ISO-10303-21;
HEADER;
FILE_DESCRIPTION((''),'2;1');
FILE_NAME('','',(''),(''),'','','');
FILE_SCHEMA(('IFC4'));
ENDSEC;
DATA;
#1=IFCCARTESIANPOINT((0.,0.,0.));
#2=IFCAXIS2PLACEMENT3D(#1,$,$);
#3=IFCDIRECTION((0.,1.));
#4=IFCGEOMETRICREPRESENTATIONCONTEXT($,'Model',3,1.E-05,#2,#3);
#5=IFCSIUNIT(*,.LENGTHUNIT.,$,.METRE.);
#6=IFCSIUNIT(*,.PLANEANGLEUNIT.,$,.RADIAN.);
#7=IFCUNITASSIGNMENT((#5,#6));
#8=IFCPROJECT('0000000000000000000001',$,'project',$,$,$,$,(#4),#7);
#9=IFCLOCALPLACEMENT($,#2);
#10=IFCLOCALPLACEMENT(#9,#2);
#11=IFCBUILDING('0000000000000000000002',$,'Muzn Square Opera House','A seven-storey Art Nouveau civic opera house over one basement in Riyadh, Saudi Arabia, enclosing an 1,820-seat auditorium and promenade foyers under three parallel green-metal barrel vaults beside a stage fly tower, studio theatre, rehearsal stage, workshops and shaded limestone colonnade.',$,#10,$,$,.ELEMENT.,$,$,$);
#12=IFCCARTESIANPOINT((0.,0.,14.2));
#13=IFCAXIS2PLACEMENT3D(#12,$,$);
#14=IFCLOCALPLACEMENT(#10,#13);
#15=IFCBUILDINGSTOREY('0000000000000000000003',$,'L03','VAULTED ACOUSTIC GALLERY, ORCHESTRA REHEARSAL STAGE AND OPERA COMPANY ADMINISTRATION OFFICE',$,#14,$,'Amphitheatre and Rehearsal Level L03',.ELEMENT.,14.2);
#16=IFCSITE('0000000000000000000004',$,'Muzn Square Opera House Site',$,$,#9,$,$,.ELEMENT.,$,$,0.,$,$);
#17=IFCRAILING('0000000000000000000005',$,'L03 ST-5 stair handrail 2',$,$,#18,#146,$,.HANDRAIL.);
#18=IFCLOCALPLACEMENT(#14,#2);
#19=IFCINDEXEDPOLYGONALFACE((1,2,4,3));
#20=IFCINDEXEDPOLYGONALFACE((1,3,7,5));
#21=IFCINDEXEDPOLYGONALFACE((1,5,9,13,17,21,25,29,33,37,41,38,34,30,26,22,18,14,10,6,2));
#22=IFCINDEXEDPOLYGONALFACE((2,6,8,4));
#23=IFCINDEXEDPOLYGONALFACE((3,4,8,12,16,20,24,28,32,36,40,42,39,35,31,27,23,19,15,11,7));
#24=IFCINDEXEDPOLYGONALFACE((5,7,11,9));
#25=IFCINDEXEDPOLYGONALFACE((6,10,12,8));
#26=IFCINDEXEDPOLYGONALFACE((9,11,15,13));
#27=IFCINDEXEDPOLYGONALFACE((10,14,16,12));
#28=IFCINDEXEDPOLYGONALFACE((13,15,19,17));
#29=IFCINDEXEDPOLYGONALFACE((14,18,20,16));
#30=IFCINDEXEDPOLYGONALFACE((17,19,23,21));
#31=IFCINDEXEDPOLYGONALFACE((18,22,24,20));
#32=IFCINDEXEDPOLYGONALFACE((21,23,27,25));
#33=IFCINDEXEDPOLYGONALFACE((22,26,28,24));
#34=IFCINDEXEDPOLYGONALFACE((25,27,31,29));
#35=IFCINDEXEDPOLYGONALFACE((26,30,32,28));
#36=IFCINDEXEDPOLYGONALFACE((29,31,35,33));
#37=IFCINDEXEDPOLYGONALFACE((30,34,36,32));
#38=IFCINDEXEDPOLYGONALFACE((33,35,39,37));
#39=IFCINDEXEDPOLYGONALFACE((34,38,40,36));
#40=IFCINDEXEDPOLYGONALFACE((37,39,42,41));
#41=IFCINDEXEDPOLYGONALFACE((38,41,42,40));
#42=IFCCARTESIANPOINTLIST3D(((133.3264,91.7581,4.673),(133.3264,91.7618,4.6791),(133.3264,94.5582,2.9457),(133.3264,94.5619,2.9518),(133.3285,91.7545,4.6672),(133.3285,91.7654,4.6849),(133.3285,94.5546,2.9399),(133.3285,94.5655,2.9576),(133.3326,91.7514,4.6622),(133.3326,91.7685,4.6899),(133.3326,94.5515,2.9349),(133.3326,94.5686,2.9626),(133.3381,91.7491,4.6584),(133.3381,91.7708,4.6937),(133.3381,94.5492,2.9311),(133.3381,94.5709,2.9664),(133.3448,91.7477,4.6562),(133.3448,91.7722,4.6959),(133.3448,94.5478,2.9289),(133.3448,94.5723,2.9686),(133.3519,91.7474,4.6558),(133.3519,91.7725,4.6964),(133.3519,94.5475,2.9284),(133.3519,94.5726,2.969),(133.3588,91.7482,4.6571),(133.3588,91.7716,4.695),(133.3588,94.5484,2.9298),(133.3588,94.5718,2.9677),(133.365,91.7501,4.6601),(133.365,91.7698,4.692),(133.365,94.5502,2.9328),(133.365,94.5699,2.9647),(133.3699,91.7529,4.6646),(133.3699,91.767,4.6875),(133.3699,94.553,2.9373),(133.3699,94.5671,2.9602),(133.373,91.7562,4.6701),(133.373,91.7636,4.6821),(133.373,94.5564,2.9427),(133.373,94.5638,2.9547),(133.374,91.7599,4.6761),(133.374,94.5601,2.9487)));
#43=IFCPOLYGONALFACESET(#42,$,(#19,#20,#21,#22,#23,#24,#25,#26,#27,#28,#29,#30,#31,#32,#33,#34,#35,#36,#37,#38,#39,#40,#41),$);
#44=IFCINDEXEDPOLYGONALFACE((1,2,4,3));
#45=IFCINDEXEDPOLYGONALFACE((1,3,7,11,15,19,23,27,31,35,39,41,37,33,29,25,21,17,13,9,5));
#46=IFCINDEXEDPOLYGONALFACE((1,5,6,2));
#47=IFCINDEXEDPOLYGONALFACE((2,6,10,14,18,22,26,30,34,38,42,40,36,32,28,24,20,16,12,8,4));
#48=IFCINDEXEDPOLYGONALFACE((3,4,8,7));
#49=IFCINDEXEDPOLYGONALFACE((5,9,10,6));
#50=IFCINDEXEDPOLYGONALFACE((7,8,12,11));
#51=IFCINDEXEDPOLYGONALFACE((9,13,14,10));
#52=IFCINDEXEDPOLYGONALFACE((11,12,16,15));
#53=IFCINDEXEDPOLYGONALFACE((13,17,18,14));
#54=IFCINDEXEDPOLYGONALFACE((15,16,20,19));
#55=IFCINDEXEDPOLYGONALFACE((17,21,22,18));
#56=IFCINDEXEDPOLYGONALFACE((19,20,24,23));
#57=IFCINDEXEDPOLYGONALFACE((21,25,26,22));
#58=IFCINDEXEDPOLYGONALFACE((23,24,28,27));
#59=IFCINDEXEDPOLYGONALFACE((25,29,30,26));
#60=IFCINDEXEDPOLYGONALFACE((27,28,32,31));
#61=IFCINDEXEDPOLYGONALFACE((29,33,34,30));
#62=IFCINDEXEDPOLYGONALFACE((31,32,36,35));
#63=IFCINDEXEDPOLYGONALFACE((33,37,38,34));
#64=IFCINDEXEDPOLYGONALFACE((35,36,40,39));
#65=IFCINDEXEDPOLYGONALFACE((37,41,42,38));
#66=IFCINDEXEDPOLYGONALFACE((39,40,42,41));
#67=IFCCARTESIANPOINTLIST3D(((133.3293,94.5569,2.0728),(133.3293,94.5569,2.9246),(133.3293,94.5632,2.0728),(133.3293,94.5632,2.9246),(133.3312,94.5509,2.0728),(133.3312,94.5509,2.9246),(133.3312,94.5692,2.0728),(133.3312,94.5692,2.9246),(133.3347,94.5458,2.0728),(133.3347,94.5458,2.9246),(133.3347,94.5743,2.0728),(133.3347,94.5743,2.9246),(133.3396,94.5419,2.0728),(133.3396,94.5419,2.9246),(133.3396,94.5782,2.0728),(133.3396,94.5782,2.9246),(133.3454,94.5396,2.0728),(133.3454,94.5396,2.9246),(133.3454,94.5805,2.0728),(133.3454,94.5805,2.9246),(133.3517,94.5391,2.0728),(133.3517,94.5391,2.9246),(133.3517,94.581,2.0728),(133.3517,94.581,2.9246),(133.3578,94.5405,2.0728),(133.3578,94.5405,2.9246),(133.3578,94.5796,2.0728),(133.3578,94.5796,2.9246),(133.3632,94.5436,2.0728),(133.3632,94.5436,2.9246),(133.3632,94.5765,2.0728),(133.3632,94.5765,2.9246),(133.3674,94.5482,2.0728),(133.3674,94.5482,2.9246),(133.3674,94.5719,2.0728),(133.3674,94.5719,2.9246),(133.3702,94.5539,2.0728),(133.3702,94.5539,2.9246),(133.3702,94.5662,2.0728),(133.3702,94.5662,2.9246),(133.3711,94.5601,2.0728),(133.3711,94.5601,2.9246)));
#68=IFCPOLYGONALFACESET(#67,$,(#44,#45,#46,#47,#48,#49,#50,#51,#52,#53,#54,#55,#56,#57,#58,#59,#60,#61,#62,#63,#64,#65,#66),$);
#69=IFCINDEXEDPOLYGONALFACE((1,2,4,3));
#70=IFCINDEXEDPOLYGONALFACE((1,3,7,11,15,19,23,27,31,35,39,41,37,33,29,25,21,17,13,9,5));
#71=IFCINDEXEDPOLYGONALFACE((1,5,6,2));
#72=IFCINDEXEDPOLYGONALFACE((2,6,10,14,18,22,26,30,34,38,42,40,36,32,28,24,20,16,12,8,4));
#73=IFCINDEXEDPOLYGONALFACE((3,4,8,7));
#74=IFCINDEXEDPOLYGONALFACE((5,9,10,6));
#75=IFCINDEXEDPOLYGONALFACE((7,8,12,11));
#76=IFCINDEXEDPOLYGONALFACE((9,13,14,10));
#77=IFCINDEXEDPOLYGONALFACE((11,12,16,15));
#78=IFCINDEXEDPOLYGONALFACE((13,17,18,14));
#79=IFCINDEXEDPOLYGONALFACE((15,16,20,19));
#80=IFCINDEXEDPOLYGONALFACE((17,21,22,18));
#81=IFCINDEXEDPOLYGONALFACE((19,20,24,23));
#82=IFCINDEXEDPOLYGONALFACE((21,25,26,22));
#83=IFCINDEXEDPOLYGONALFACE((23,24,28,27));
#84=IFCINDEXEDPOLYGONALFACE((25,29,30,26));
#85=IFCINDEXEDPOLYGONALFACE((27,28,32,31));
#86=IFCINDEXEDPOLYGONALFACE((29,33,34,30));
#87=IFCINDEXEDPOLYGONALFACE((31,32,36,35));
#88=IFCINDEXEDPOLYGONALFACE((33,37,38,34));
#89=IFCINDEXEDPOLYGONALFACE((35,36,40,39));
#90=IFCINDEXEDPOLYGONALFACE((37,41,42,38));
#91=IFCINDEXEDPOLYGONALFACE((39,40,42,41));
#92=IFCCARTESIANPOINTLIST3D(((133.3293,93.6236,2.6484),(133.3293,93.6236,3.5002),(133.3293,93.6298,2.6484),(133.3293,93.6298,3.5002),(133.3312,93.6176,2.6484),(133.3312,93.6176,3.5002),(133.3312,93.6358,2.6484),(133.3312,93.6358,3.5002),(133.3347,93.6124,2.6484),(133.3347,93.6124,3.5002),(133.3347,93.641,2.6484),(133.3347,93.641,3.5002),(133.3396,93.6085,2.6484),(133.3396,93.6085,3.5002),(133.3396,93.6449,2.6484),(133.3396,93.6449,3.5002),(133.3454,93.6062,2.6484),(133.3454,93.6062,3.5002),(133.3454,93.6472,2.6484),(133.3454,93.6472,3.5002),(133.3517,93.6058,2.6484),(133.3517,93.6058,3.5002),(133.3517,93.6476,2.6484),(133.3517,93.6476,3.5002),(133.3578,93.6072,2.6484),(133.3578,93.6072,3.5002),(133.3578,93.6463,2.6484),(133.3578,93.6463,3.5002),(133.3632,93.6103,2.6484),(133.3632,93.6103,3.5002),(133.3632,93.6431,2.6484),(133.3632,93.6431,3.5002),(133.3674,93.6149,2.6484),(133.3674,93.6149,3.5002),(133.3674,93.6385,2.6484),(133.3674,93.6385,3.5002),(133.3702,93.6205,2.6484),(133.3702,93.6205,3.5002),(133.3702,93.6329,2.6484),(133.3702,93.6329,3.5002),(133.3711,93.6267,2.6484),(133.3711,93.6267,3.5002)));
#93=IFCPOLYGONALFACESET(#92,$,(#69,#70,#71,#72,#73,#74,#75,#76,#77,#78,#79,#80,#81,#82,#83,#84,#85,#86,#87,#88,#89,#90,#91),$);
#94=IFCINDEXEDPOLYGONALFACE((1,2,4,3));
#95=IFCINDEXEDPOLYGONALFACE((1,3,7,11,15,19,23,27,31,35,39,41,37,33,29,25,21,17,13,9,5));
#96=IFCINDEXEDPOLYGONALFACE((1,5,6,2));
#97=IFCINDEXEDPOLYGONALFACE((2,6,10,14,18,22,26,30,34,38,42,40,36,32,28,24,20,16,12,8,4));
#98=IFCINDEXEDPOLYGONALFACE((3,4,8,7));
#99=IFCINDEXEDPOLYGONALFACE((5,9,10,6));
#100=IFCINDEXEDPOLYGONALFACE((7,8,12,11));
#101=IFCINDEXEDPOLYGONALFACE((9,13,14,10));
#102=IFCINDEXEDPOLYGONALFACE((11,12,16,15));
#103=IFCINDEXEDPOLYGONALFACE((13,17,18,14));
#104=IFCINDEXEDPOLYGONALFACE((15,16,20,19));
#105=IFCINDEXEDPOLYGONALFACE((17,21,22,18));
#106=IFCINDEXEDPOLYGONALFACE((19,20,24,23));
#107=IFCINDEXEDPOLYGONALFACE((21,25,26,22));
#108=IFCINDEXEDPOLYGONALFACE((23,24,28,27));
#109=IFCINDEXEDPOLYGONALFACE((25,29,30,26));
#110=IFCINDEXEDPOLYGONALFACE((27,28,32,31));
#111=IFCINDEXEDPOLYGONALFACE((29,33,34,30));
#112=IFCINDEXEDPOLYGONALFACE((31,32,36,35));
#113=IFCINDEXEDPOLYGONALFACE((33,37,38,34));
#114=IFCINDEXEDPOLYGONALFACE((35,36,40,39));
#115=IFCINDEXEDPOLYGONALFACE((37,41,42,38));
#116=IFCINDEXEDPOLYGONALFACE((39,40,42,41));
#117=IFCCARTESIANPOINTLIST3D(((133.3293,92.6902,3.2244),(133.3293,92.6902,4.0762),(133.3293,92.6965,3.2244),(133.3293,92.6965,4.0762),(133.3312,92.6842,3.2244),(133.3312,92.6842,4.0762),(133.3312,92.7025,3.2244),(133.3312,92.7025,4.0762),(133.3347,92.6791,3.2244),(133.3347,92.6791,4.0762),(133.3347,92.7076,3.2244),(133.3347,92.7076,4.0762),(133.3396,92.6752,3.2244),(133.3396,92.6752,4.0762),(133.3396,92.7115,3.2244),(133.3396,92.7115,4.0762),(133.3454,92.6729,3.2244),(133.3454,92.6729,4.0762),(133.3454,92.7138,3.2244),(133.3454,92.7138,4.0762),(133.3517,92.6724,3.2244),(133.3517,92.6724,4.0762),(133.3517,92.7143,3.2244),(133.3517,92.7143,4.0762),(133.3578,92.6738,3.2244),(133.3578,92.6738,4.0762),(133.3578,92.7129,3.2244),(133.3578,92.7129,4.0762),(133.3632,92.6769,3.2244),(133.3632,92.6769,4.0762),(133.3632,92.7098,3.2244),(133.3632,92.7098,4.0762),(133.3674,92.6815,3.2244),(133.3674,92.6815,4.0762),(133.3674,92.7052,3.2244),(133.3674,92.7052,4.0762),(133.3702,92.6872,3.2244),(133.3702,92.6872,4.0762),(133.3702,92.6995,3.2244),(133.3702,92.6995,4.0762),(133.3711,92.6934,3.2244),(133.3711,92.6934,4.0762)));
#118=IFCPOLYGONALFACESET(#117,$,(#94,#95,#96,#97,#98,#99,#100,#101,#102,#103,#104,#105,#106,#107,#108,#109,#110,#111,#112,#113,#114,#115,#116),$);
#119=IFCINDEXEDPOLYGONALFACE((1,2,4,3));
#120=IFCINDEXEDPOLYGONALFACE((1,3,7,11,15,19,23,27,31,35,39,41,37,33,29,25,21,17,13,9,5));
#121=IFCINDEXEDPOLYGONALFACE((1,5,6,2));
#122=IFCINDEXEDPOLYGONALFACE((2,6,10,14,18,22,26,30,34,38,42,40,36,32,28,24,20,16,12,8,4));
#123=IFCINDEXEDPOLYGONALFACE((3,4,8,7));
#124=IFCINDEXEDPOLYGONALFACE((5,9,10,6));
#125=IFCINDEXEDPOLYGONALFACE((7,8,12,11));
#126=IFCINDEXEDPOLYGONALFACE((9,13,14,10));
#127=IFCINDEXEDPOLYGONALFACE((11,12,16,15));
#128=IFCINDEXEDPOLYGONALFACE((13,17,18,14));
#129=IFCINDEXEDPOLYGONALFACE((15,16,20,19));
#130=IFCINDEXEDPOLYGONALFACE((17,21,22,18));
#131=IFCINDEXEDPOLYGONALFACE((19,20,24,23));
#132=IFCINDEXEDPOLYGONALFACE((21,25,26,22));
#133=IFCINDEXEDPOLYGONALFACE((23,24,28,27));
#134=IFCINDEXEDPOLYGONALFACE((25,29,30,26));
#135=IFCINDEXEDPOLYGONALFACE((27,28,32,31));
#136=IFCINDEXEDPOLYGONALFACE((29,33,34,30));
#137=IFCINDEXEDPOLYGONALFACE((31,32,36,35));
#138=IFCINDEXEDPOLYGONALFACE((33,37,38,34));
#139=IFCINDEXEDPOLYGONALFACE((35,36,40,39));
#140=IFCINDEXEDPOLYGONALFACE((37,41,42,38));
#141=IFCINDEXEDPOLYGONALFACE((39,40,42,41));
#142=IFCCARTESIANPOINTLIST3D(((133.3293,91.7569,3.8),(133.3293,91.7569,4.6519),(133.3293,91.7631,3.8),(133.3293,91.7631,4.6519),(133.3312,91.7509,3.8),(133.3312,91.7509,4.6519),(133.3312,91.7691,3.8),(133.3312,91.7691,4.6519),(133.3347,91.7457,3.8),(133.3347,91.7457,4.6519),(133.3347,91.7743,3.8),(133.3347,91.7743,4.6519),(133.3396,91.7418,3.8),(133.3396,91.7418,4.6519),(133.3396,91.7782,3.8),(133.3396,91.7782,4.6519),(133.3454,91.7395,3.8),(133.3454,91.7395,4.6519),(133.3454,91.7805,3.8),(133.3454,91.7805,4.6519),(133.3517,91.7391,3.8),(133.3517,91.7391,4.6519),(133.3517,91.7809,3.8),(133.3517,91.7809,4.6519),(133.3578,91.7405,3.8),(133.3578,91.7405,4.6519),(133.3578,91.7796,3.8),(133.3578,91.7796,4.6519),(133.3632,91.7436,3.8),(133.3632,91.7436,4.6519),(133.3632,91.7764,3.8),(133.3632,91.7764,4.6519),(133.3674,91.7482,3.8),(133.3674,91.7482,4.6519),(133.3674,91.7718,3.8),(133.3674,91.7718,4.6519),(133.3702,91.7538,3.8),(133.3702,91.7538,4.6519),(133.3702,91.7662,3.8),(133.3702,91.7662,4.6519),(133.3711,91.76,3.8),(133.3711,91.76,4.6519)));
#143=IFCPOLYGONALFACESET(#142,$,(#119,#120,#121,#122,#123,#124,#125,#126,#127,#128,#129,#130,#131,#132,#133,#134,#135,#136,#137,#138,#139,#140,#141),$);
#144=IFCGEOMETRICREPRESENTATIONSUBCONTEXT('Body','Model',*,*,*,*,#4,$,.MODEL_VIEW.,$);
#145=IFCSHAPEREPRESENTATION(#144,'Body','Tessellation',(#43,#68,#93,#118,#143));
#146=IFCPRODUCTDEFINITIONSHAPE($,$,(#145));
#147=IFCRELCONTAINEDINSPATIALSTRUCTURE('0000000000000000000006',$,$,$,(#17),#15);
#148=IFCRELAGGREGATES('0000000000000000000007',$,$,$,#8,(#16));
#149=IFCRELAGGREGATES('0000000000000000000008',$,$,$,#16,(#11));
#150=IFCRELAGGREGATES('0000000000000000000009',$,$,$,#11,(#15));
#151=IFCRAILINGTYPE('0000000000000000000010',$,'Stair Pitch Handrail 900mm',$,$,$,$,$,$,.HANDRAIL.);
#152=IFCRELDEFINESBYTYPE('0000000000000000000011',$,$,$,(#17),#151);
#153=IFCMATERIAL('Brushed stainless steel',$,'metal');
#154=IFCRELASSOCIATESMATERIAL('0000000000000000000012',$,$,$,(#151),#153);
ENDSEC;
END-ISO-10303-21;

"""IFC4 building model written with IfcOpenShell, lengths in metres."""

from ifc_helpers import new_model, si_unit, direction, frame, origin, origin_2d, place, context, subcontext, project, spatial, circle, extrude, material, type_object, element, save


model = new_model("IFC4")

# Units and contexts
model_context = context("Model", 3, precision=1e-05, world=origin(), true_north=direction((0.0, 1.0)))
body_context = subcontext(model_context, "Body", "Model", "MODEL_VIEW")
ifc_project = project(units=[si_unit("LENGTHUNIT", "METRE"), si_unit("PLANEANGLEUNIT", "RADIAN")], contexts=[model_context])

# Site, building, storey
site_placement = place(None, origin())
site = spatial("IfcSite", under=ifc_project, at=site_placement, Name="Muzn Square Opera House Site", CompositionType="ELEMENT", RefElevation=0.0)
building_placement = place(site_placement, origin())
building = spatial("IfcBuilding", under=site, at=building_placement, Name="Muzn Square Opera House", Description="A seven-storey Art Nouveau civic opera house over one basement in Riyadh, Saudi Arabia, enclosing an 1,820-seat auditorium and promenade foyers under three parallel green-metal barrel vaults beside a stage fly tower, studio theatre, rehearsal stage, workshops and shaded limestone colonnade.", CompositionType="ELEMENT")
storey_placement = place(building_placement, frame((0.0, 0.0, 14.2)))
storey = spatial("IfcBuildingStorey", under=building, at=storey_placement, Name="L03", Description="VAULTED ACOUSTIC GALLERY, ORCHESTRA REHEARSAL STAGE AND OPERA COMPANY ADMINISTRATION OFFICE", LongName="Amphitheatre and Rehearsal Level L03", CompositionType="ELEMENT", Elevation=14.2)

# Shared definitions
ifc_material_1 = material(Name="Brushed stainless steel", Category="metal")

# Railing
railing_type_1 = type_object("IfcRailingType", Name="Stair Pitch Handrail 900mm", PredefinedType="HANDRAIL", material=ifc_material_1)
railing_1_placement = place(storey_placement, frame((133.3501, 94.5601, 2.0728)))
element("IfcRailing", 1, at=railing_1_placement, inside=storey, type_object=railing_type_1, Name="L03 ST-5 stair handrail 2", PredefinedType="HANDRAIL", context=body_context, shape_type="SweptSolid", body=[
    extrude(circle(Radius=0.0239, at=origin_2d()), frame((0.0, 0.0, 0.876), z_axis=(0.0, -0.85109, 0.52502), x_axis=(1.0, 0.0, 0.0)), (0.0, 0.0, 1.0), 3.29),
    extrude(circle(Radius=0.021, at=origin_2d()), origin(), (0.0, 0.0, 1.0), 0.8518),
    extrude(circle(Radius=0.021, at=origin_2d()), frame((0.0, -0.9333, 0.5757)), (0.0, 0.0, 1.0), 0.8518),
    extrude(circle(Radius=0.021, at=origin_2d()), frame((0.0, -1.8667, 1.1516)), (0.0, 0.0, 1.0), 0.8518),
    extrude(circle(Radius=0.021, at=origin_2d()), frame((0.0, -2.8, 1.7273)), (0.0, 0.0, 1.0), 0.8518),
])

save(model, "model.ifc")
